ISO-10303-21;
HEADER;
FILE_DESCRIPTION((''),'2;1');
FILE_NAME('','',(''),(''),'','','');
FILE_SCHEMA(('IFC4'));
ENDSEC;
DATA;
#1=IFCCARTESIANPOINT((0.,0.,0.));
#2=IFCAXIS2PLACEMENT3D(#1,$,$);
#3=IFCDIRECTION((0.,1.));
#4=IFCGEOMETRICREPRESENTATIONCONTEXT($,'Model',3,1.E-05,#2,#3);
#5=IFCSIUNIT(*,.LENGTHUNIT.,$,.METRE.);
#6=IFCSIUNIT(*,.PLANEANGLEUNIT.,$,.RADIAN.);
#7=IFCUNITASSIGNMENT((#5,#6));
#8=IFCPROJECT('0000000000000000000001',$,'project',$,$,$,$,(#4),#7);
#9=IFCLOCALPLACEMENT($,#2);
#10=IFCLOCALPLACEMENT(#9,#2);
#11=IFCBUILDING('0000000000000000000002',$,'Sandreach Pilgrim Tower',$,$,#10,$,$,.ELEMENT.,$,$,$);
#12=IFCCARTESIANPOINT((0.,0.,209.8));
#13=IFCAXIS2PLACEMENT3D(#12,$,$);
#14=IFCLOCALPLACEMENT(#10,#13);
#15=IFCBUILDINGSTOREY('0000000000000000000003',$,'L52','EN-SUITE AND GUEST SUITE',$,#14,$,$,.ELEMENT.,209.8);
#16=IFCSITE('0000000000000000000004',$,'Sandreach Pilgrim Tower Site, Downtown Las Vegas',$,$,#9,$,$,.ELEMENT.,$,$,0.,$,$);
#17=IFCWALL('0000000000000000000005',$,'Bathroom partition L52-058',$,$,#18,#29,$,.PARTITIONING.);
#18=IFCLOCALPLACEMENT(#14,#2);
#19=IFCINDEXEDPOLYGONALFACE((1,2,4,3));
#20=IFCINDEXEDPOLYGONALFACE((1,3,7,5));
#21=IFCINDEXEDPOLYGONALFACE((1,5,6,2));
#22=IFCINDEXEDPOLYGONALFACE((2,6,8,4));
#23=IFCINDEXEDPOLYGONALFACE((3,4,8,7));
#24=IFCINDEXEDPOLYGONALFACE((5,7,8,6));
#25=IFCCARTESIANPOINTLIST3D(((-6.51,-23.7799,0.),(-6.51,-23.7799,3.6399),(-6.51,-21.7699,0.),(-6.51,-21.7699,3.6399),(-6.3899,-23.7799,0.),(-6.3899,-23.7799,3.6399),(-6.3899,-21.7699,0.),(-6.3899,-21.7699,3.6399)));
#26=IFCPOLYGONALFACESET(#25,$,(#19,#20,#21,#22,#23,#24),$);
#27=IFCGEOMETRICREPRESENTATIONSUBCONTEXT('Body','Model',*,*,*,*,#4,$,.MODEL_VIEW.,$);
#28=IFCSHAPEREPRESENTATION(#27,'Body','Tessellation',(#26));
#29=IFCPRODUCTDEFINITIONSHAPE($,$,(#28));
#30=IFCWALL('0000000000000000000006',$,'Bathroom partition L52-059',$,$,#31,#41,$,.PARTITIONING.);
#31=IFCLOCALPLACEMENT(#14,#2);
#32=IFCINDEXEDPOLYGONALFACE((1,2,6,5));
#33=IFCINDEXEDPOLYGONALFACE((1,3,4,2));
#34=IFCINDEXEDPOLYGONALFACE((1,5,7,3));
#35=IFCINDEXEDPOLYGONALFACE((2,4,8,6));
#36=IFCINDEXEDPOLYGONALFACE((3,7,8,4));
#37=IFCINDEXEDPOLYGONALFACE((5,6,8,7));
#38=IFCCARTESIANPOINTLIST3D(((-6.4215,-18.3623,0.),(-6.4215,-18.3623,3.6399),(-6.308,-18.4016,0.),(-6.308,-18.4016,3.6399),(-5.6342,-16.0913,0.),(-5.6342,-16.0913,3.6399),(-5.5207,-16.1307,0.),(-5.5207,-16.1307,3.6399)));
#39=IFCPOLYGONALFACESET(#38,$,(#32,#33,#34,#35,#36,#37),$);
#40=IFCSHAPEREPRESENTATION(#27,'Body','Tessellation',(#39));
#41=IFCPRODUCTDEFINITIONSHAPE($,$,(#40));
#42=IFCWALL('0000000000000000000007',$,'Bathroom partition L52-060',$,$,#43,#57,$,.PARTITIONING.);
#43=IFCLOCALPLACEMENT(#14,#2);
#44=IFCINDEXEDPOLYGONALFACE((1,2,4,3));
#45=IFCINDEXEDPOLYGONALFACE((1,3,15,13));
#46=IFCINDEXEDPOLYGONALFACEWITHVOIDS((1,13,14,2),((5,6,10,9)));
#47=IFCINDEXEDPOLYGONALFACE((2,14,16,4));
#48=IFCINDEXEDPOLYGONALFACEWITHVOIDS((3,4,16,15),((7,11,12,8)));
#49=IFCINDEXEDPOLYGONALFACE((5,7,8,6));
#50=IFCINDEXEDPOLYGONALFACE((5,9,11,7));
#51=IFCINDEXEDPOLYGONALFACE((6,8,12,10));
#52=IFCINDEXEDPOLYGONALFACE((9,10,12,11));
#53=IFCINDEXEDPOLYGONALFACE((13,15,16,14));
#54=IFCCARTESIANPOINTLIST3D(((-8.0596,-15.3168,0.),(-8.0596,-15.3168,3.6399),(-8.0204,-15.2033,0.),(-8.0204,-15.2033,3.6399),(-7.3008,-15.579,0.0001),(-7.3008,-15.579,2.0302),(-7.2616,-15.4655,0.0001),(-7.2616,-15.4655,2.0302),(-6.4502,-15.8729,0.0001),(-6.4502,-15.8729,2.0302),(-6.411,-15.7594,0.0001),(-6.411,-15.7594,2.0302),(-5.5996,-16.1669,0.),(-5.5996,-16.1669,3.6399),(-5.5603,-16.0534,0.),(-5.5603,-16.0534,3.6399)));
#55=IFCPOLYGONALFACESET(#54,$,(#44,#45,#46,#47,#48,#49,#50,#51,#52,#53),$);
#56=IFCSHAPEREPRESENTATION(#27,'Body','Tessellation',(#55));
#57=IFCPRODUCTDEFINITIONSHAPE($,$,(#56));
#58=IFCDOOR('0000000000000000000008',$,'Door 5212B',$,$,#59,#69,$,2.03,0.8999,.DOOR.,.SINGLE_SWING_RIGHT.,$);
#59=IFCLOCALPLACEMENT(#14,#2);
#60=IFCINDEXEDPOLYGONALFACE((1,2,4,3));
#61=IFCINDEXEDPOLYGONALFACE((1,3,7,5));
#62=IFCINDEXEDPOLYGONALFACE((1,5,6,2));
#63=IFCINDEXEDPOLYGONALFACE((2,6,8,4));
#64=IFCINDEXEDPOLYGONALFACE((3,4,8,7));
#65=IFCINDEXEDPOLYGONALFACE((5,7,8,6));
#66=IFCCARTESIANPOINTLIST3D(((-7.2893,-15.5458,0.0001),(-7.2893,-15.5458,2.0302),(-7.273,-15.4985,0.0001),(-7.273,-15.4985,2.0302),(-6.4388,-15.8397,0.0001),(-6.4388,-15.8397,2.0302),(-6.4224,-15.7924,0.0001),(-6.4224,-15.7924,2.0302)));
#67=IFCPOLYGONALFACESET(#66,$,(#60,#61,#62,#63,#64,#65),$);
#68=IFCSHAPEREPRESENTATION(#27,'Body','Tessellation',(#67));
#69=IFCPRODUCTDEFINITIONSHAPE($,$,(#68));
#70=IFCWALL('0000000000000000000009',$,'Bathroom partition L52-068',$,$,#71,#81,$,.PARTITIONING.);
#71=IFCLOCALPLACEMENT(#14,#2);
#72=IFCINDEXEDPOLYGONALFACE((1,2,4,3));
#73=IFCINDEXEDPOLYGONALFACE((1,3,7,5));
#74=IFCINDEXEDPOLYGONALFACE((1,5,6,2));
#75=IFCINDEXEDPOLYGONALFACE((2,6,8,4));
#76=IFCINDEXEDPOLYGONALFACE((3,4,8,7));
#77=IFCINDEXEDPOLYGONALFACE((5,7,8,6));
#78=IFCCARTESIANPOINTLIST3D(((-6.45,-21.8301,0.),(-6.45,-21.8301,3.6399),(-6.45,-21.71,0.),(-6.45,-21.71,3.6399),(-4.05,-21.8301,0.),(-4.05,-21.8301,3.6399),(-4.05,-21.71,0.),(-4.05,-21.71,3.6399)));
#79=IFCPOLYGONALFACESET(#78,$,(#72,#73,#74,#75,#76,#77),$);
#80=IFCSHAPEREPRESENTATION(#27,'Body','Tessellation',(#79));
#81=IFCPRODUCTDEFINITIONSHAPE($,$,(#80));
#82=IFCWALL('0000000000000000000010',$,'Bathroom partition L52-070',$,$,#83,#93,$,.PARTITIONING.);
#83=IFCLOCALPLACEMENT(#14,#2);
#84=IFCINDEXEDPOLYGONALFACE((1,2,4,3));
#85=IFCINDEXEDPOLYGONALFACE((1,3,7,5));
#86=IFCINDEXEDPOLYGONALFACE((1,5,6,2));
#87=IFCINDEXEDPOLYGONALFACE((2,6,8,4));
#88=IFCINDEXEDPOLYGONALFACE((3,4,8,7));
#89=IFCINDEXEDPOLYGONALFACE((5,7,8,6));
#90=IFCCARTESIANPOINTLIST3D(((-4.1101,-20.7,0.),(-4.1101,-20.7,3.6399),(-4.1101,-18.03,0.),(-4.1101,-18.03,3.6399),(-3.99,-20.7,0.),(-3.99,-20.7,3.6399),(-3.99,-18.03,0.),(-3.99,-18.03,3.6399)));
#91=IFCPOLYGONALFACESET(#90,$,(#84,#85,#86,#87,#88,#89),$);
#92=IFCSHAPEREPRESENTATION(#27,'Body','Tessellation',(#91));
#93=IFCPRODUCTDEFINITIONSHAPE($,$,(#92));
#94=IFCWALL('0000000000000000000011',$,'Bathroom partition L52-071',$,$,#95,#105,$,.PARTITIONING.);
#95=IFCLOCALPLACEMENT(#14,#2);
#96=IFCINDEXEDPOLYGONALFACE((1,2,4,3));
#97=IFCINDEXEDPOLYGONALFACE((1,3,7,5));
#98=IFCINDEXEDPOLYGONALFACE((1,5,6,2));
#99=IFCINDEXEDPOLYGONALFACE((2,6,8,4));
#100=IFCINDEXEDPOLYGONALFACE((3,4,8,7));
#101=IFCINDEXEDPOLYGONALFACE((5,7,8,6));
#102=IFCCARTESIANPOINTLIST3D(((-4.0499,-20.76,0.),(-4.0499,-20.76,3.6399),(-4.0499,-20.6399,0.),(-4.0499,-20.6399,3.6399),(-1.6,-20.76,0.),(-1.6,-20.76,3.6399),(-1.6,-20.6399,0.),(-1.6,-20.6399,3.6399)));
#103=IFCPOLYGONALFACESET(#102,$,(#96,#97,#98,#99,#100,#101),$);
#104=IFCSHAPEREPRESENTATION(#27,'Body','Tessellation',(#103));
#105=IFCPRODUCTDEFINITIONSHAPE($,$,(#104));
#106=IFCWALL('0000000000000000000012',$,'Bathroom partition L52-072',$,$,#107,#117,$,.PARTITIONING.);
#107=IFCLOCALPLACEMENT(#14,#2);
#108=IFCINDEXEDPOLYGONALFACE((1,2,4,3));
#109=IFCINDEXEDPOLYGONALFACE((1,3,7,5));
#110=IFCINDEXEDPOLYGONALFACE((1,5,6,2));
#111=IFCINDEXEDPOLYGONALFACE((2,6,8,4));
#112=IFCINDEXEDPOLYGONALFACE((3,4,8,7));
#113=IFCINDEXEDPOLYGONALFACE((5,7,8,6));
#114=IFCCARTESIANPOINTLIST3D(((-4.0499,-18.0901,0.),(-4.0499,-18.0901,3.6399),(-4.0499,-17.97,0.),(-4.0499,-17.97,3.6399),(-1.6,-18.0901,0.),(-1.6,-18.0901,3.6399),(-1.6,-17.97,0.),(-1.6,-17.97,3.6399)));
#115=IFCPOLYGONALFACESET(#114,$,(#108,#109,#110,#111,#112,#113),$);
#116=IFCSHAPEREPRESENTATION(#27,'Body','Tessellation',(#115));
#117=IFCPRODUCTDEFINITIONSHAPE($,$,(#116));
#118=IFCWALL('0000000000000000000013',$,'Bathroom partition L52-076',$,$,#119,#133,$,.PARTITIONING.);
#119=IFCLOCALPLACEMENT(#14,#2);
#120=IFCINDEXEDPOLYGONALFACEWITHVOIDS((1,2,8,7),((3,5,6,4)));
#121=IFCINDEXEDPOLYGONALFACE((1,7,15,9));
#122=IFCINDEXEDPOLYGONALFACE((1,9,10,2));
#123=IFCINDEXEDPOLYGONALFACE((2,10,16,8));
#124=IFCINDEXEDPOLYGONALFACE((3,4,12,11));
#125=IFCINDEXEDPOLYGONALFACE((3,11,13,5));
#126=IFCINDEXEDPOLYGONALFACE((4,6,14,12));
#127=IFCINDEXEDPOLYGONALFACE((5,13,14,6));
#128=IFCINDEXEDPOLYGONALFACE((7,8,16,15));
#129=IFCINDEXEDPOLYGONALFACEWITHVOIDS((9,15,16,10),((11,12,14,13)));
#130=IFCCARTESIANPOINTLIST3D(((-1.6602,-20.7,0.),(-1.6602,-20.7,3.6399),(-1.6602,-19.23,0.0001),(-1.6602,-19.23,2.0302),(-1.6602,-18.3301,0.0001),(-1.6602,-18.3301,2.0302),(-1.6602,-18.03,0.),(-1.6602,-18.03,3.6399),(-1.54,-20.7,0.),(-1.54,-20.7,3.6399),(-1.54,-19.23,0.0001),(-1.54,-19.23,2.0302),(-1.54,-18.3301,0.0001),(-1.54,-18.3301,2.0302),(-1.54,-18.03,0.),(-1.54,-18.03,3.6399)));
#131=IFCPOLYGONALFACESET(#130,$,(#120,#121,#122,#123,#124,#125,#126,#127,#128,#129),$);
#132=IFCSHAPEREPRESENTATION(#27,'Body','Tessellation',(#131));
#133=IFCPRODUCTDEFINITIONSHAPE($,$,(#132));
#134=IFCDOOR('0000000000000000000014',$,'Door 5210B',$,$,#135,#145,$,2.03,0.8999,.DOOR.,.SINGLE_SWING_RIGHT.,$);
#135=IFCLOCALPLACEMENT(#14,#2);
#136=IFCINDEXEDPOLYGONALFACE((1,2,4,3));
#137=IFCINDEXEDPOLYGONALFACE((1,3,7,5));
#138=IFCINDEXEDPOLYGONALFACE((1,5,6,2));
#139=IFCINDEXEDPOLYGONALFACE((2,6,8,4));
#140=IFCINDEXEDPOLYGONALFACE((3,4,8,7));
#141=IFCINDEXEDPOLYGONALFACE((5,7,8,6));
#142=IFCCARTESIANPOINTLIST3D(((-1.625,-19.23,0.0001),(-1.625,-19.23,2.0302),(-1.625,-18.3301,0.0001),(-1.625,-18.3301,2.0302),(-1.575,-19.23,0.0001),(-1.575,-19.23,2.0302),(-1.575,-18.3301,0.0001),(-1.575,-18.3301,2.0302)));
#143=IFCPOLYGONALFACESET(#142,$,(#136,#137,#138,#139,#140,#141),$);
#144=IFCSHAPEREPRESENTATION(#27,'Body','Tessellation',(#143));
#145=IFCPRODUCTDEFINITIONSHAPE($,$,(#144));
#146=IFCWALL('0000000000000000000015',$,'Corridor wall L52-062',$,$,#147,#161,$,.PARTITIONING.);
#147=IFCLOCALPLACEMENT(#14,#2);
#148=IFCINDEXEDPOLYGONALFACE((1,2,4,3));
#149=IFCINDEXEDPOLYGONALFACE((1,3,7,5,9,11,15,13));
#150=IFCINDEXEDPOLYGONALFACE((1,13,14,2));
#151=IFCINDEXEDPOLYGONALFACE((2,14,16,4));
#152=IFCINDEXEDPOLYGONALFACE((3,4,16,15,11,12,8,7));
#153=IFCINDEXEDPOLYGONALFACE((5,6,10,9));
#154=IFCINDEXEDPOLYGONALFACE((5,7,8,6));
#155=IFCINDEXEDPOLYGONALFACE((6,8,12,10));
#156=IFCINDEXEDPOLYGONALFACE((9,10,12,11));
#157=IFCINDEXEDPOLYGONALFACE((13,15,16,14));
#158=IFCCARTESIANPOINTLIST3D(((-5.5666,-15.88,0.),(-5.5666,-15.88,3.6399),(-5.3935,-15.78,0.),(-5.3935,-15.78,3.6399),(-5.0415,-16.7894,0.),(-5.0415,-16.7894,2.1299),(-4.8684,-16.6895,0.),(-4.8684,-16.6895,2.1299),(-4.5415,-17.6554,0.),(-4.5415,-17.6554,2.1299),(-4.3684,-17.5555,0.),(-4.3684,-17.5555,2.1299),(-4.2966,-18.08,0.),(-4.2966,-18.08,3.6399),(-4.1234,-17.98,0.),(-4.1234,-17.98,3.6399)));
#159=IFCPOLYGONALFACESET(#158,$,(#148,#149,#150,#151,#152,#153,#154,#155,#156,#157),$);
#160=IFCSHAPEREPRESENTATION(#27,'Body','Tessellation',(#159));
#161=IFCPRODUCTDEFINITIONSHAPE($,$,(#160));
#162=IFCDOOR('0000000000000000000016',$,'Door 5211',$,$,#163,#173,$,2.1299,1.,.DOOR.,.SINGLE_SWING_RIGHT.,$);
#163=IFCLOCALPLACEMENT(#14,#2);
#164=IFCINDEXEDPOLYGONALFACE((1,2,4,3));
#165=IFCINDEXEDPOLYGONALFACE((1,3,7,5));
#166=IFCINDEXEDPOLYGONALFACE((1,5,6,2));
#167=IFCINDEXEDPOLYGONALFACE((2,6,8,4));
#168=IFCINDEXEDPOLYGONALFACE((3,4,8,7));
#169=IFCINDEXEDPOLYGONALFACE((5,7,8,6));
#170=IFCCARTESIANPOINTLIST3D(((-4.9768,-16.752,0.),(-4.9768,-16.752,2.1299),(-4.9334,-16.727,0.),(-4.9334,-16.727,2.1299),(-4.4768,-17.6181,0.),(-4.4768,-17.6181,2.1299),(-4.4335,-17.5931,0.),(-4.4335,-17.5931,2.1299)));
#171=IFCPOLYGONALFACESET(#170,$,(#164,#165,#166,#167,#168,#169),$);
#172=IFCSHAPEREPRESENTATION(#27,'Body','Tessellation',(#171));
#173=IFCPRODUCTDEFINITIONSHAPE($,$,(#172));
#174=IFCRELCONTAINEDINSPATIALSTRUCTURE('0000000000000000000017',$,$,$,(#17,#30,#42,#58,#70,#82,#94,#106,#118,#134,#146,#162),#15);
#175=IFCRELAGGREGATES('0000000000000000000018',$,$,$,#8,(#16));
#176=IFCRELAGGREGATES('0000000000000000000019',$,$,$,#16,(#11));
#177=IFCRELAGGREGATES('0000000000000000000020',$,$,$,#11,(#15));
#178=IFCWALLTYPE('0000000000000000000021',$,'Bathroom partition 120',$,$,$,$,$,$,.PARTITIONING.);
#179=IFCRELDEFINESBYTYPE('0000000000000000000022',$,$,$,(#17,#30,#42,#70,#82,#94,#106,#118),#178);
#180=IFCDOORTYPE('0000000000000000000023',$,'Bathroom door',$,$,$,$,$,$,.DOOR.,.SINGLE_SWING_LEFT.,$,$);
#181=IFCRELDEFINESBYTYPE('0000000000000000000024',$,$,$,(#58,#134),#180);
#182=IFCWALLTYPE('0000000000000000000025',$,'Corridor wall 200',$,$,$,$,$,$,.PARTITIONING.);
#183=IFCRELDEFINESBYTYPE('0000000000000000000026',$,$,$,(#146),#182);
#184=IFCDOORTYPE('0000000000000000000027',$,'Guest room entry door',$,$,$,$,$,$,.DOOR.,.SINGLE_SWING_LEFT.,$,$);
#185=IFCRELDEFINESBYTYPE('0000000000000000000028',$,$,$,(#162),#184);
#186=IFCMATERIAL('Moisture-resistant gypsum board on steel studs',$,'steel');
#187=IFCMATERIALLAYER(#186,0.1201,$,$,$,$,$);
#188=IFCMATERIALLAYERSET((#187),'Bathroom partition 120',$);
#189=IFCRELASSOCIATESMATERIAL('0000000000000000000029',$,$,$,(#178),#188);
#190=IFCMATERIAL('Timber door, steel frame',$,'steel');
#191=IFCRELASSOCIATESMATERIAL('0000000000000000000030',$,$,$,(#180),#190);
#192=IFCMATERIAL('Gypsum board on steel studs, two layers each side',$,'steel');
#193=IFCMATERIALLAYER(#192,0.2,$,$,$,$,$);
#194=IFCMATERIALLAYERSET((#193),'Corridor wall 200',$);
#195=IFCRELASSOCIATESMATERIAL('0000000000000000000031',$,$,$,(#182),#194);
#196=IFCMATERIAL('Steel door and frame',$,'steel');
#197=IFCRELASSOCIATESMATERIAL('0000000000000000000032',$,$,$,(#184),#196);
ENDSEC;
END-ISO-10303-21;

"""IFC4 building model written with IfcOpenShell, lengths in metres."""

from ifc_helpers import new_model, si_unit, direction, frame, frame_2d, origin, place, context, subcontext, project, spatial, rectangle, extrude, material, layer, layer_set, type_object, element, fill, save


model = new_model("IFC4")

# Units and contexts
model_context = context("Model", 3, precision=1e-05, world=origin(), true_north=direction((0.0, 1.0)))
body_context = subcontext(model_context, "Body", "Model", "MODEL_VIEW")
ifc_project = project(units=[si_unit("LENGTHUNIT", "METRE"), si_unit("PLANEANGLEUNIT", "RADIAN")], contexts=[model_context])

# Site, building, storey
site_placement = place(None, origin())
site = spatial("IfcSite", under=ifc_project, at=site_placement, Name="Sandreach Pilgrim Tower Site, Downtown Las Vegas", CompositionType="ELEMENT", RefElevation=0.0)
building_placement = place(site_placement, origin())
building = spatial("IfcBuilding", under=site, at=building_placement, Name="Sandreach Pilgrim Tower", CompositionType="ELEMENT")
storey_placement = place(building_placement, frame((0.0, 0.0, 209.8)))
storey = spatial("IfcBuildingStorey", under=building, at=storey_placement, Name="L52", Description="EN-SUITE AND GUEST SUITE", CompositionType="ELEMENT", Elevation=209.8)

# Walls
ifc_material_1 = material(Name="Moisture-resistant gypsum board on steel studs", Category="steel")
ifc_layer_1 = layer(ifc_material_1, 0.1201)
ifc_layer_set_1 = layer_set([ifc_layer_1], Name="Bathroom partition 120")
wall_type_1 = type_object("IfcWallType", Name="Bathroom partition 120", PredefinedType="PARTITIONING", material=ifc_layer_set_1)
wall_1_placement = place(storey_placement, frame((-6.45, -21.77, 0.0), z_axis=(0.0, 0.0, 1.0), x_axis=(0.0, -1.0, 0.0)))
element("IfcWall", 1, at=wall_1_placement, inside=storey, type_object=wall_type_1, Name="Bathroom partition L52-058", PredefinedType="PARTITIONING", context=body_context, shape_type="SweptSolid", body=[
    extrude(rectangle(XDim=2.01, YDim=0.1201, at=frame_2d((1.0049, 0.0))), origin(), (0.0, 0.0, 1.0), 3.6399),
])
wall_2_placement = place(storey_placement, frame((-6.3647, -18.3818, 0.0), z_axis=(0.0, 0.0, 1.0), x_axis=(0.327571, 0.944827, 0.0)))
element("IfcWall", 2, at=wall_2_placement, inside=storey, type_object=wall_type_1, Name="Bathroom partition L52-059", PredefinedType="PARTITIONING", context=body_context, shape_type="SweptSolid", body=[
    extrude(rectangle(XDim=2.4036, YDim=0.1201, at=frame_2d((1.2017, 0.0))), origin(), (0.0, 0.0, 1.0), 3.6399),
])

# Wall, opening, door
wall_3_placement = place(storey_placement, frame((-5.5801, -16.1101, 0.0), z_axis=(0.0, 0.0, 1.0), x_axis=(-0.945155, 0.326621, 0.0)))
wall_3 = element("IfcWall", 3, at=wall_3_placement, inside=storey, type_object=wall_type_1, Name="Bathroom partition L52-060", PredefinedType="PARTITIONING", context=body_context, shape_type="SweptSolid", body=[
    extrude(rectangle(XDim=2.6028, YDim=0.1201, at=frame_2d((1.3013, 0.0))), origin(), (0.0, 0.0, 1.0), 3.6399),
])
opening_1_placement = place(wall_3_placement, frame((0.8999, 0.0, 0.0)))
opening_1 = element("IfcOpeningElement", 4, at=opening_1_placement, cuts=wall_3, PredefinedType="OPENING", context=body_context, shape_type="SweptSolid", body=[
    extrude(rectangle(XDim=0.8999, YDim=2.03, at=frame_2d((0.45, 1.0151))), frame((0.0, 0.0601, 0.0), z_axis=(0.0, -1.0, 0.0), x_axis=(1.0, 0.0, 0.0)), (0.0, 0.0, 1.0), 0.1201),
])
ifc_material_2 = material(Name="Timber door, steel frame", Category="steel")
door_type_1 = type_object("IfcDoorType", Name="Bathroom door", OperationType="SINGLE_SWING_LEFT", PredefinedType="DOOR", material=ifc_material_2)
door_1_placement = place(opening_1_placement, origin())
door_1 = element("IfcDoor", 5, at=door_1_placement, inside=storey, type_object=door_type_1, Name="Door 5212B", OperationType="SINGLE_SWING_RIGHT", OverallHeight=2.03, OverallWidth=0.8999, PredefinedType="DOOR", context=body_context, shape_type="SweptSolid", body=[
    extrude(rectangle(XDim=0.8999, YDim=2.03, at=frame_2d((0.45, 1.0151))), frame((0.0, 0.0249, 0.0), z_axis=(0.0, -1.0, 0.0), x_axis=(1.0, 0.0, 0.0)), (0.0, 0.0, 1.0), 0.05),
])
fill(opening_1, door_1)

# Walls
wall_4_placement = place(storey_placement, frame((-4.05, -21.77, 0.0), z_axis=(0.0, 0.0, 1.0), x_axis=(-1.0, 0.0, 0.0)))
element("IfcWall", 6, at=wall_4_placement, inside=storey, type_object=wall_type_1, Name="Bathroom partition L52-068", PredefinedType="PARTITIONING", context=body_context, shape_type="SweptSolid", body=[
    extrude(rectangle(XDim=2.3999, YDim=0.1201, at=frame_2d((1.2, 0.0))), origin(), (0.0, 0.0, 1.0), 3.6399),
])
wall_5_placement = place(storey_placement, frame((-4.05, -20.7, 0.0), z_axis=(0.0, 0.0, 1.0), x_axis=(0.0, 1.0, 0.0)))
element("IfcWall", 7, at=wall_5_placement, inside=storey, type_object=wall_type_1, Name="Bathroom partition L52-070", PredefinedType="PARTITIONING", context=body_context, shape_type="SweptSolid", body=[
    extrude(rectangle(XDim=2.6699, YDim=0.1201, at=frame_2d((1.335, 0.0))), origin(), (0.0, 0.0, 1.0), 3.6399),
])
for number, where, z_axis, x_axis, name in (
    (8, (-4.05, -20.7, 0.0), (0.0, 0.0, 1.0), (1.0, 0.0, 0.0), "Bathroom partition L52-071"),
    (9, (-4.05, -18.03, 0.0), (0.0, 0.0, 1.0), (1.0, 0.0, 0.0), "Bathroom partition L52-072"),
):
    element("IfcWall", number, at=place(storey_placement, frame(where, z_axis=z_axis, x_axis=x_axis)), inside=storey, type_object=wall_type_1, Name=name, PredefinedType="PARTITIONING", context=body_context, shape_type="SweptSolid", body=[
        extrude(rectangle(XDim=2.45, YDim=0.1201, at=frame_2d((1.2251, 0.0))), origin(), (0.0, 0.0, 1.0), 3.6399),
    ])

# Walls, openings, doors
wall_6_placement = place(storey_placement, frame((-1.6001, -20.7, 0.0), z_axis=(0.0, 0.0, 1.0), x_axis=(0.0, 1.0, 0.0)))
wall_6 = element("IfcWall", 10, at=wall_6_placement, inside=storey, type_object=wall_type_1, Name="Bathroom partition L52-076", PredefinedType="PARTITIONING", context=body_context, shape_type="SweptSolid", body=[
    extrude(rectangle(XDim=2.6699, YDim=0.1201, at=frame_2d((1.335, 0.0))), origin(), (0.0, 0.0, 1.0), 3.6399),
])
opening_2_placement = place(wall_6_placement, frame((1.47, 0.0, 0.0)))
opening_2 = element("IfcOpeningElement", 11, at=opening_2_placement, cuts=wall_6, PredefinedType="OPENING", context=body_context, shape_type="SweptSolid", body=[
    extrude(rectangle(XDim=0.8999, YDim=2.03, at=frame_2d((0.45, 1.0151))), frame((0.0, 0.0601, 0.0), z_axis=(0.0, -1.0, 0.0), x_axis=(1.0, 0.0, 0.0)), (0.0, 0.0, 1.0), 0.1201),
])
door_2_placement = place(opening_2_placement, origin())
door_2 = element("IfcDoor", 12, at=door_2_placement, inside=storey, type_object=door_type_1, Name="Door 5210B", OperationType="SINGLE_SWING_RIGHT", OverallHeight=2.03, OverallWidth=0.8999, PredefinedType="DOOR", context=body_context, shape_type="SweptSolid", body=[
    extrude(rectangle(XDim=0.8999, YDim=2.03, at=frame_2d((0.45, 1.0151))), frame((0.0, 0.0249, 0.0), z_axis=(0.0, -1.0, 0.0), x_axis=(1.0, 0.0, 0.0)), (0.0, 0.0, 1.0), 0.05),
])
fill(opening_2, door_2)
ifc_material_3 = material(Name="Gypsum board on steel studs, two layers each side", Category="steel")
ifc_layer_2 = layer(ifc_material_3, 0.2)
ifc_layer_set_2 = layer_set([ifc_layer_2], Name="Corridor wall 200")
wall_type_2 = type_object("IfcWallType", Name="Corridor wall 200", PredefinedType="PARTITIONING", material=ifc_layer_set_2)
wall_7_placement = place(storey_placement, frame((-5.48, -15.8301, 0.0), z_axis=(0.0, 0.0, 1.0), x_axis=(0.499964, -0.866046, 0.0)))
wall_7 = element("IfcWall", 13, at=wall_7_placement, inside=storey, type_object=wall_type_2, Name="Corridor wall L52-062", PredefinedType="PARTITIONING", context=body_context, shape_type="SweptSolid", body=[
    extrude(rectangle(XDim=2.5403, YDim=0.2, at=frame_2d((1.27, 0.0))), origin(), (0.0, 0.0, 1.0), 3.6399),
])
opening_3_placement = place(wall_7_placement, frame((1.05, 0.0, 0.0)))
opening_3 = element("IfcOpeningElement", 14, at=opening_3_placement, cuts=wall_7, PredefinedType="OPENING", context=body_context, shape_type="SweptSolid", body=[
    extrude(rectangle(XDim=1.0, YDim=2.1299, at=frame_2d((0.5, 1.0649))), frame((0.0, 0.1001, 0.0), z_axis=(0.0, -1.0, 0.0), x_axis=(1.0, 0.0, 0.0)), (0.0, 0.0, 1.0), 0.2),
])
ifc_material_4 = material(Name="Steel door and frame", Category="steel")
door_type_2 = type_object("IfcDoorType", Name="Guest room entry door", OperationType="SINGLE_SWING_LEFT", PredefinedType="DOOR", material=ifc_material_4)
door_3_placement = place(opening_3_placement, origin())
door_3 = element("IfcDoor", 15, at=door_3_placement, inside=storey, type_object=door_type_2, Name="Door 5211", OperationType="SINGLE_SWING_RIGHT", OverallHeight=2.1299, OverallWidth=1.0, PredefinedType="DOOR", context=body_context, shape_type="SweptSolid", body=[
    extrude(rectangle(XDim=1.0, YDim=2.1299, at=frame_2d((0.5, 1.0649))), frame((0.0, 0.0249, 0.0), z_axis=(0.0, -1.0, 0.0), x_axis=(1.0, 0.0, 0.0)), (0.0, 0.0, 1.0), 0.05),
])
fill(opening_3, door_3)

save(model, "model.ifc")
